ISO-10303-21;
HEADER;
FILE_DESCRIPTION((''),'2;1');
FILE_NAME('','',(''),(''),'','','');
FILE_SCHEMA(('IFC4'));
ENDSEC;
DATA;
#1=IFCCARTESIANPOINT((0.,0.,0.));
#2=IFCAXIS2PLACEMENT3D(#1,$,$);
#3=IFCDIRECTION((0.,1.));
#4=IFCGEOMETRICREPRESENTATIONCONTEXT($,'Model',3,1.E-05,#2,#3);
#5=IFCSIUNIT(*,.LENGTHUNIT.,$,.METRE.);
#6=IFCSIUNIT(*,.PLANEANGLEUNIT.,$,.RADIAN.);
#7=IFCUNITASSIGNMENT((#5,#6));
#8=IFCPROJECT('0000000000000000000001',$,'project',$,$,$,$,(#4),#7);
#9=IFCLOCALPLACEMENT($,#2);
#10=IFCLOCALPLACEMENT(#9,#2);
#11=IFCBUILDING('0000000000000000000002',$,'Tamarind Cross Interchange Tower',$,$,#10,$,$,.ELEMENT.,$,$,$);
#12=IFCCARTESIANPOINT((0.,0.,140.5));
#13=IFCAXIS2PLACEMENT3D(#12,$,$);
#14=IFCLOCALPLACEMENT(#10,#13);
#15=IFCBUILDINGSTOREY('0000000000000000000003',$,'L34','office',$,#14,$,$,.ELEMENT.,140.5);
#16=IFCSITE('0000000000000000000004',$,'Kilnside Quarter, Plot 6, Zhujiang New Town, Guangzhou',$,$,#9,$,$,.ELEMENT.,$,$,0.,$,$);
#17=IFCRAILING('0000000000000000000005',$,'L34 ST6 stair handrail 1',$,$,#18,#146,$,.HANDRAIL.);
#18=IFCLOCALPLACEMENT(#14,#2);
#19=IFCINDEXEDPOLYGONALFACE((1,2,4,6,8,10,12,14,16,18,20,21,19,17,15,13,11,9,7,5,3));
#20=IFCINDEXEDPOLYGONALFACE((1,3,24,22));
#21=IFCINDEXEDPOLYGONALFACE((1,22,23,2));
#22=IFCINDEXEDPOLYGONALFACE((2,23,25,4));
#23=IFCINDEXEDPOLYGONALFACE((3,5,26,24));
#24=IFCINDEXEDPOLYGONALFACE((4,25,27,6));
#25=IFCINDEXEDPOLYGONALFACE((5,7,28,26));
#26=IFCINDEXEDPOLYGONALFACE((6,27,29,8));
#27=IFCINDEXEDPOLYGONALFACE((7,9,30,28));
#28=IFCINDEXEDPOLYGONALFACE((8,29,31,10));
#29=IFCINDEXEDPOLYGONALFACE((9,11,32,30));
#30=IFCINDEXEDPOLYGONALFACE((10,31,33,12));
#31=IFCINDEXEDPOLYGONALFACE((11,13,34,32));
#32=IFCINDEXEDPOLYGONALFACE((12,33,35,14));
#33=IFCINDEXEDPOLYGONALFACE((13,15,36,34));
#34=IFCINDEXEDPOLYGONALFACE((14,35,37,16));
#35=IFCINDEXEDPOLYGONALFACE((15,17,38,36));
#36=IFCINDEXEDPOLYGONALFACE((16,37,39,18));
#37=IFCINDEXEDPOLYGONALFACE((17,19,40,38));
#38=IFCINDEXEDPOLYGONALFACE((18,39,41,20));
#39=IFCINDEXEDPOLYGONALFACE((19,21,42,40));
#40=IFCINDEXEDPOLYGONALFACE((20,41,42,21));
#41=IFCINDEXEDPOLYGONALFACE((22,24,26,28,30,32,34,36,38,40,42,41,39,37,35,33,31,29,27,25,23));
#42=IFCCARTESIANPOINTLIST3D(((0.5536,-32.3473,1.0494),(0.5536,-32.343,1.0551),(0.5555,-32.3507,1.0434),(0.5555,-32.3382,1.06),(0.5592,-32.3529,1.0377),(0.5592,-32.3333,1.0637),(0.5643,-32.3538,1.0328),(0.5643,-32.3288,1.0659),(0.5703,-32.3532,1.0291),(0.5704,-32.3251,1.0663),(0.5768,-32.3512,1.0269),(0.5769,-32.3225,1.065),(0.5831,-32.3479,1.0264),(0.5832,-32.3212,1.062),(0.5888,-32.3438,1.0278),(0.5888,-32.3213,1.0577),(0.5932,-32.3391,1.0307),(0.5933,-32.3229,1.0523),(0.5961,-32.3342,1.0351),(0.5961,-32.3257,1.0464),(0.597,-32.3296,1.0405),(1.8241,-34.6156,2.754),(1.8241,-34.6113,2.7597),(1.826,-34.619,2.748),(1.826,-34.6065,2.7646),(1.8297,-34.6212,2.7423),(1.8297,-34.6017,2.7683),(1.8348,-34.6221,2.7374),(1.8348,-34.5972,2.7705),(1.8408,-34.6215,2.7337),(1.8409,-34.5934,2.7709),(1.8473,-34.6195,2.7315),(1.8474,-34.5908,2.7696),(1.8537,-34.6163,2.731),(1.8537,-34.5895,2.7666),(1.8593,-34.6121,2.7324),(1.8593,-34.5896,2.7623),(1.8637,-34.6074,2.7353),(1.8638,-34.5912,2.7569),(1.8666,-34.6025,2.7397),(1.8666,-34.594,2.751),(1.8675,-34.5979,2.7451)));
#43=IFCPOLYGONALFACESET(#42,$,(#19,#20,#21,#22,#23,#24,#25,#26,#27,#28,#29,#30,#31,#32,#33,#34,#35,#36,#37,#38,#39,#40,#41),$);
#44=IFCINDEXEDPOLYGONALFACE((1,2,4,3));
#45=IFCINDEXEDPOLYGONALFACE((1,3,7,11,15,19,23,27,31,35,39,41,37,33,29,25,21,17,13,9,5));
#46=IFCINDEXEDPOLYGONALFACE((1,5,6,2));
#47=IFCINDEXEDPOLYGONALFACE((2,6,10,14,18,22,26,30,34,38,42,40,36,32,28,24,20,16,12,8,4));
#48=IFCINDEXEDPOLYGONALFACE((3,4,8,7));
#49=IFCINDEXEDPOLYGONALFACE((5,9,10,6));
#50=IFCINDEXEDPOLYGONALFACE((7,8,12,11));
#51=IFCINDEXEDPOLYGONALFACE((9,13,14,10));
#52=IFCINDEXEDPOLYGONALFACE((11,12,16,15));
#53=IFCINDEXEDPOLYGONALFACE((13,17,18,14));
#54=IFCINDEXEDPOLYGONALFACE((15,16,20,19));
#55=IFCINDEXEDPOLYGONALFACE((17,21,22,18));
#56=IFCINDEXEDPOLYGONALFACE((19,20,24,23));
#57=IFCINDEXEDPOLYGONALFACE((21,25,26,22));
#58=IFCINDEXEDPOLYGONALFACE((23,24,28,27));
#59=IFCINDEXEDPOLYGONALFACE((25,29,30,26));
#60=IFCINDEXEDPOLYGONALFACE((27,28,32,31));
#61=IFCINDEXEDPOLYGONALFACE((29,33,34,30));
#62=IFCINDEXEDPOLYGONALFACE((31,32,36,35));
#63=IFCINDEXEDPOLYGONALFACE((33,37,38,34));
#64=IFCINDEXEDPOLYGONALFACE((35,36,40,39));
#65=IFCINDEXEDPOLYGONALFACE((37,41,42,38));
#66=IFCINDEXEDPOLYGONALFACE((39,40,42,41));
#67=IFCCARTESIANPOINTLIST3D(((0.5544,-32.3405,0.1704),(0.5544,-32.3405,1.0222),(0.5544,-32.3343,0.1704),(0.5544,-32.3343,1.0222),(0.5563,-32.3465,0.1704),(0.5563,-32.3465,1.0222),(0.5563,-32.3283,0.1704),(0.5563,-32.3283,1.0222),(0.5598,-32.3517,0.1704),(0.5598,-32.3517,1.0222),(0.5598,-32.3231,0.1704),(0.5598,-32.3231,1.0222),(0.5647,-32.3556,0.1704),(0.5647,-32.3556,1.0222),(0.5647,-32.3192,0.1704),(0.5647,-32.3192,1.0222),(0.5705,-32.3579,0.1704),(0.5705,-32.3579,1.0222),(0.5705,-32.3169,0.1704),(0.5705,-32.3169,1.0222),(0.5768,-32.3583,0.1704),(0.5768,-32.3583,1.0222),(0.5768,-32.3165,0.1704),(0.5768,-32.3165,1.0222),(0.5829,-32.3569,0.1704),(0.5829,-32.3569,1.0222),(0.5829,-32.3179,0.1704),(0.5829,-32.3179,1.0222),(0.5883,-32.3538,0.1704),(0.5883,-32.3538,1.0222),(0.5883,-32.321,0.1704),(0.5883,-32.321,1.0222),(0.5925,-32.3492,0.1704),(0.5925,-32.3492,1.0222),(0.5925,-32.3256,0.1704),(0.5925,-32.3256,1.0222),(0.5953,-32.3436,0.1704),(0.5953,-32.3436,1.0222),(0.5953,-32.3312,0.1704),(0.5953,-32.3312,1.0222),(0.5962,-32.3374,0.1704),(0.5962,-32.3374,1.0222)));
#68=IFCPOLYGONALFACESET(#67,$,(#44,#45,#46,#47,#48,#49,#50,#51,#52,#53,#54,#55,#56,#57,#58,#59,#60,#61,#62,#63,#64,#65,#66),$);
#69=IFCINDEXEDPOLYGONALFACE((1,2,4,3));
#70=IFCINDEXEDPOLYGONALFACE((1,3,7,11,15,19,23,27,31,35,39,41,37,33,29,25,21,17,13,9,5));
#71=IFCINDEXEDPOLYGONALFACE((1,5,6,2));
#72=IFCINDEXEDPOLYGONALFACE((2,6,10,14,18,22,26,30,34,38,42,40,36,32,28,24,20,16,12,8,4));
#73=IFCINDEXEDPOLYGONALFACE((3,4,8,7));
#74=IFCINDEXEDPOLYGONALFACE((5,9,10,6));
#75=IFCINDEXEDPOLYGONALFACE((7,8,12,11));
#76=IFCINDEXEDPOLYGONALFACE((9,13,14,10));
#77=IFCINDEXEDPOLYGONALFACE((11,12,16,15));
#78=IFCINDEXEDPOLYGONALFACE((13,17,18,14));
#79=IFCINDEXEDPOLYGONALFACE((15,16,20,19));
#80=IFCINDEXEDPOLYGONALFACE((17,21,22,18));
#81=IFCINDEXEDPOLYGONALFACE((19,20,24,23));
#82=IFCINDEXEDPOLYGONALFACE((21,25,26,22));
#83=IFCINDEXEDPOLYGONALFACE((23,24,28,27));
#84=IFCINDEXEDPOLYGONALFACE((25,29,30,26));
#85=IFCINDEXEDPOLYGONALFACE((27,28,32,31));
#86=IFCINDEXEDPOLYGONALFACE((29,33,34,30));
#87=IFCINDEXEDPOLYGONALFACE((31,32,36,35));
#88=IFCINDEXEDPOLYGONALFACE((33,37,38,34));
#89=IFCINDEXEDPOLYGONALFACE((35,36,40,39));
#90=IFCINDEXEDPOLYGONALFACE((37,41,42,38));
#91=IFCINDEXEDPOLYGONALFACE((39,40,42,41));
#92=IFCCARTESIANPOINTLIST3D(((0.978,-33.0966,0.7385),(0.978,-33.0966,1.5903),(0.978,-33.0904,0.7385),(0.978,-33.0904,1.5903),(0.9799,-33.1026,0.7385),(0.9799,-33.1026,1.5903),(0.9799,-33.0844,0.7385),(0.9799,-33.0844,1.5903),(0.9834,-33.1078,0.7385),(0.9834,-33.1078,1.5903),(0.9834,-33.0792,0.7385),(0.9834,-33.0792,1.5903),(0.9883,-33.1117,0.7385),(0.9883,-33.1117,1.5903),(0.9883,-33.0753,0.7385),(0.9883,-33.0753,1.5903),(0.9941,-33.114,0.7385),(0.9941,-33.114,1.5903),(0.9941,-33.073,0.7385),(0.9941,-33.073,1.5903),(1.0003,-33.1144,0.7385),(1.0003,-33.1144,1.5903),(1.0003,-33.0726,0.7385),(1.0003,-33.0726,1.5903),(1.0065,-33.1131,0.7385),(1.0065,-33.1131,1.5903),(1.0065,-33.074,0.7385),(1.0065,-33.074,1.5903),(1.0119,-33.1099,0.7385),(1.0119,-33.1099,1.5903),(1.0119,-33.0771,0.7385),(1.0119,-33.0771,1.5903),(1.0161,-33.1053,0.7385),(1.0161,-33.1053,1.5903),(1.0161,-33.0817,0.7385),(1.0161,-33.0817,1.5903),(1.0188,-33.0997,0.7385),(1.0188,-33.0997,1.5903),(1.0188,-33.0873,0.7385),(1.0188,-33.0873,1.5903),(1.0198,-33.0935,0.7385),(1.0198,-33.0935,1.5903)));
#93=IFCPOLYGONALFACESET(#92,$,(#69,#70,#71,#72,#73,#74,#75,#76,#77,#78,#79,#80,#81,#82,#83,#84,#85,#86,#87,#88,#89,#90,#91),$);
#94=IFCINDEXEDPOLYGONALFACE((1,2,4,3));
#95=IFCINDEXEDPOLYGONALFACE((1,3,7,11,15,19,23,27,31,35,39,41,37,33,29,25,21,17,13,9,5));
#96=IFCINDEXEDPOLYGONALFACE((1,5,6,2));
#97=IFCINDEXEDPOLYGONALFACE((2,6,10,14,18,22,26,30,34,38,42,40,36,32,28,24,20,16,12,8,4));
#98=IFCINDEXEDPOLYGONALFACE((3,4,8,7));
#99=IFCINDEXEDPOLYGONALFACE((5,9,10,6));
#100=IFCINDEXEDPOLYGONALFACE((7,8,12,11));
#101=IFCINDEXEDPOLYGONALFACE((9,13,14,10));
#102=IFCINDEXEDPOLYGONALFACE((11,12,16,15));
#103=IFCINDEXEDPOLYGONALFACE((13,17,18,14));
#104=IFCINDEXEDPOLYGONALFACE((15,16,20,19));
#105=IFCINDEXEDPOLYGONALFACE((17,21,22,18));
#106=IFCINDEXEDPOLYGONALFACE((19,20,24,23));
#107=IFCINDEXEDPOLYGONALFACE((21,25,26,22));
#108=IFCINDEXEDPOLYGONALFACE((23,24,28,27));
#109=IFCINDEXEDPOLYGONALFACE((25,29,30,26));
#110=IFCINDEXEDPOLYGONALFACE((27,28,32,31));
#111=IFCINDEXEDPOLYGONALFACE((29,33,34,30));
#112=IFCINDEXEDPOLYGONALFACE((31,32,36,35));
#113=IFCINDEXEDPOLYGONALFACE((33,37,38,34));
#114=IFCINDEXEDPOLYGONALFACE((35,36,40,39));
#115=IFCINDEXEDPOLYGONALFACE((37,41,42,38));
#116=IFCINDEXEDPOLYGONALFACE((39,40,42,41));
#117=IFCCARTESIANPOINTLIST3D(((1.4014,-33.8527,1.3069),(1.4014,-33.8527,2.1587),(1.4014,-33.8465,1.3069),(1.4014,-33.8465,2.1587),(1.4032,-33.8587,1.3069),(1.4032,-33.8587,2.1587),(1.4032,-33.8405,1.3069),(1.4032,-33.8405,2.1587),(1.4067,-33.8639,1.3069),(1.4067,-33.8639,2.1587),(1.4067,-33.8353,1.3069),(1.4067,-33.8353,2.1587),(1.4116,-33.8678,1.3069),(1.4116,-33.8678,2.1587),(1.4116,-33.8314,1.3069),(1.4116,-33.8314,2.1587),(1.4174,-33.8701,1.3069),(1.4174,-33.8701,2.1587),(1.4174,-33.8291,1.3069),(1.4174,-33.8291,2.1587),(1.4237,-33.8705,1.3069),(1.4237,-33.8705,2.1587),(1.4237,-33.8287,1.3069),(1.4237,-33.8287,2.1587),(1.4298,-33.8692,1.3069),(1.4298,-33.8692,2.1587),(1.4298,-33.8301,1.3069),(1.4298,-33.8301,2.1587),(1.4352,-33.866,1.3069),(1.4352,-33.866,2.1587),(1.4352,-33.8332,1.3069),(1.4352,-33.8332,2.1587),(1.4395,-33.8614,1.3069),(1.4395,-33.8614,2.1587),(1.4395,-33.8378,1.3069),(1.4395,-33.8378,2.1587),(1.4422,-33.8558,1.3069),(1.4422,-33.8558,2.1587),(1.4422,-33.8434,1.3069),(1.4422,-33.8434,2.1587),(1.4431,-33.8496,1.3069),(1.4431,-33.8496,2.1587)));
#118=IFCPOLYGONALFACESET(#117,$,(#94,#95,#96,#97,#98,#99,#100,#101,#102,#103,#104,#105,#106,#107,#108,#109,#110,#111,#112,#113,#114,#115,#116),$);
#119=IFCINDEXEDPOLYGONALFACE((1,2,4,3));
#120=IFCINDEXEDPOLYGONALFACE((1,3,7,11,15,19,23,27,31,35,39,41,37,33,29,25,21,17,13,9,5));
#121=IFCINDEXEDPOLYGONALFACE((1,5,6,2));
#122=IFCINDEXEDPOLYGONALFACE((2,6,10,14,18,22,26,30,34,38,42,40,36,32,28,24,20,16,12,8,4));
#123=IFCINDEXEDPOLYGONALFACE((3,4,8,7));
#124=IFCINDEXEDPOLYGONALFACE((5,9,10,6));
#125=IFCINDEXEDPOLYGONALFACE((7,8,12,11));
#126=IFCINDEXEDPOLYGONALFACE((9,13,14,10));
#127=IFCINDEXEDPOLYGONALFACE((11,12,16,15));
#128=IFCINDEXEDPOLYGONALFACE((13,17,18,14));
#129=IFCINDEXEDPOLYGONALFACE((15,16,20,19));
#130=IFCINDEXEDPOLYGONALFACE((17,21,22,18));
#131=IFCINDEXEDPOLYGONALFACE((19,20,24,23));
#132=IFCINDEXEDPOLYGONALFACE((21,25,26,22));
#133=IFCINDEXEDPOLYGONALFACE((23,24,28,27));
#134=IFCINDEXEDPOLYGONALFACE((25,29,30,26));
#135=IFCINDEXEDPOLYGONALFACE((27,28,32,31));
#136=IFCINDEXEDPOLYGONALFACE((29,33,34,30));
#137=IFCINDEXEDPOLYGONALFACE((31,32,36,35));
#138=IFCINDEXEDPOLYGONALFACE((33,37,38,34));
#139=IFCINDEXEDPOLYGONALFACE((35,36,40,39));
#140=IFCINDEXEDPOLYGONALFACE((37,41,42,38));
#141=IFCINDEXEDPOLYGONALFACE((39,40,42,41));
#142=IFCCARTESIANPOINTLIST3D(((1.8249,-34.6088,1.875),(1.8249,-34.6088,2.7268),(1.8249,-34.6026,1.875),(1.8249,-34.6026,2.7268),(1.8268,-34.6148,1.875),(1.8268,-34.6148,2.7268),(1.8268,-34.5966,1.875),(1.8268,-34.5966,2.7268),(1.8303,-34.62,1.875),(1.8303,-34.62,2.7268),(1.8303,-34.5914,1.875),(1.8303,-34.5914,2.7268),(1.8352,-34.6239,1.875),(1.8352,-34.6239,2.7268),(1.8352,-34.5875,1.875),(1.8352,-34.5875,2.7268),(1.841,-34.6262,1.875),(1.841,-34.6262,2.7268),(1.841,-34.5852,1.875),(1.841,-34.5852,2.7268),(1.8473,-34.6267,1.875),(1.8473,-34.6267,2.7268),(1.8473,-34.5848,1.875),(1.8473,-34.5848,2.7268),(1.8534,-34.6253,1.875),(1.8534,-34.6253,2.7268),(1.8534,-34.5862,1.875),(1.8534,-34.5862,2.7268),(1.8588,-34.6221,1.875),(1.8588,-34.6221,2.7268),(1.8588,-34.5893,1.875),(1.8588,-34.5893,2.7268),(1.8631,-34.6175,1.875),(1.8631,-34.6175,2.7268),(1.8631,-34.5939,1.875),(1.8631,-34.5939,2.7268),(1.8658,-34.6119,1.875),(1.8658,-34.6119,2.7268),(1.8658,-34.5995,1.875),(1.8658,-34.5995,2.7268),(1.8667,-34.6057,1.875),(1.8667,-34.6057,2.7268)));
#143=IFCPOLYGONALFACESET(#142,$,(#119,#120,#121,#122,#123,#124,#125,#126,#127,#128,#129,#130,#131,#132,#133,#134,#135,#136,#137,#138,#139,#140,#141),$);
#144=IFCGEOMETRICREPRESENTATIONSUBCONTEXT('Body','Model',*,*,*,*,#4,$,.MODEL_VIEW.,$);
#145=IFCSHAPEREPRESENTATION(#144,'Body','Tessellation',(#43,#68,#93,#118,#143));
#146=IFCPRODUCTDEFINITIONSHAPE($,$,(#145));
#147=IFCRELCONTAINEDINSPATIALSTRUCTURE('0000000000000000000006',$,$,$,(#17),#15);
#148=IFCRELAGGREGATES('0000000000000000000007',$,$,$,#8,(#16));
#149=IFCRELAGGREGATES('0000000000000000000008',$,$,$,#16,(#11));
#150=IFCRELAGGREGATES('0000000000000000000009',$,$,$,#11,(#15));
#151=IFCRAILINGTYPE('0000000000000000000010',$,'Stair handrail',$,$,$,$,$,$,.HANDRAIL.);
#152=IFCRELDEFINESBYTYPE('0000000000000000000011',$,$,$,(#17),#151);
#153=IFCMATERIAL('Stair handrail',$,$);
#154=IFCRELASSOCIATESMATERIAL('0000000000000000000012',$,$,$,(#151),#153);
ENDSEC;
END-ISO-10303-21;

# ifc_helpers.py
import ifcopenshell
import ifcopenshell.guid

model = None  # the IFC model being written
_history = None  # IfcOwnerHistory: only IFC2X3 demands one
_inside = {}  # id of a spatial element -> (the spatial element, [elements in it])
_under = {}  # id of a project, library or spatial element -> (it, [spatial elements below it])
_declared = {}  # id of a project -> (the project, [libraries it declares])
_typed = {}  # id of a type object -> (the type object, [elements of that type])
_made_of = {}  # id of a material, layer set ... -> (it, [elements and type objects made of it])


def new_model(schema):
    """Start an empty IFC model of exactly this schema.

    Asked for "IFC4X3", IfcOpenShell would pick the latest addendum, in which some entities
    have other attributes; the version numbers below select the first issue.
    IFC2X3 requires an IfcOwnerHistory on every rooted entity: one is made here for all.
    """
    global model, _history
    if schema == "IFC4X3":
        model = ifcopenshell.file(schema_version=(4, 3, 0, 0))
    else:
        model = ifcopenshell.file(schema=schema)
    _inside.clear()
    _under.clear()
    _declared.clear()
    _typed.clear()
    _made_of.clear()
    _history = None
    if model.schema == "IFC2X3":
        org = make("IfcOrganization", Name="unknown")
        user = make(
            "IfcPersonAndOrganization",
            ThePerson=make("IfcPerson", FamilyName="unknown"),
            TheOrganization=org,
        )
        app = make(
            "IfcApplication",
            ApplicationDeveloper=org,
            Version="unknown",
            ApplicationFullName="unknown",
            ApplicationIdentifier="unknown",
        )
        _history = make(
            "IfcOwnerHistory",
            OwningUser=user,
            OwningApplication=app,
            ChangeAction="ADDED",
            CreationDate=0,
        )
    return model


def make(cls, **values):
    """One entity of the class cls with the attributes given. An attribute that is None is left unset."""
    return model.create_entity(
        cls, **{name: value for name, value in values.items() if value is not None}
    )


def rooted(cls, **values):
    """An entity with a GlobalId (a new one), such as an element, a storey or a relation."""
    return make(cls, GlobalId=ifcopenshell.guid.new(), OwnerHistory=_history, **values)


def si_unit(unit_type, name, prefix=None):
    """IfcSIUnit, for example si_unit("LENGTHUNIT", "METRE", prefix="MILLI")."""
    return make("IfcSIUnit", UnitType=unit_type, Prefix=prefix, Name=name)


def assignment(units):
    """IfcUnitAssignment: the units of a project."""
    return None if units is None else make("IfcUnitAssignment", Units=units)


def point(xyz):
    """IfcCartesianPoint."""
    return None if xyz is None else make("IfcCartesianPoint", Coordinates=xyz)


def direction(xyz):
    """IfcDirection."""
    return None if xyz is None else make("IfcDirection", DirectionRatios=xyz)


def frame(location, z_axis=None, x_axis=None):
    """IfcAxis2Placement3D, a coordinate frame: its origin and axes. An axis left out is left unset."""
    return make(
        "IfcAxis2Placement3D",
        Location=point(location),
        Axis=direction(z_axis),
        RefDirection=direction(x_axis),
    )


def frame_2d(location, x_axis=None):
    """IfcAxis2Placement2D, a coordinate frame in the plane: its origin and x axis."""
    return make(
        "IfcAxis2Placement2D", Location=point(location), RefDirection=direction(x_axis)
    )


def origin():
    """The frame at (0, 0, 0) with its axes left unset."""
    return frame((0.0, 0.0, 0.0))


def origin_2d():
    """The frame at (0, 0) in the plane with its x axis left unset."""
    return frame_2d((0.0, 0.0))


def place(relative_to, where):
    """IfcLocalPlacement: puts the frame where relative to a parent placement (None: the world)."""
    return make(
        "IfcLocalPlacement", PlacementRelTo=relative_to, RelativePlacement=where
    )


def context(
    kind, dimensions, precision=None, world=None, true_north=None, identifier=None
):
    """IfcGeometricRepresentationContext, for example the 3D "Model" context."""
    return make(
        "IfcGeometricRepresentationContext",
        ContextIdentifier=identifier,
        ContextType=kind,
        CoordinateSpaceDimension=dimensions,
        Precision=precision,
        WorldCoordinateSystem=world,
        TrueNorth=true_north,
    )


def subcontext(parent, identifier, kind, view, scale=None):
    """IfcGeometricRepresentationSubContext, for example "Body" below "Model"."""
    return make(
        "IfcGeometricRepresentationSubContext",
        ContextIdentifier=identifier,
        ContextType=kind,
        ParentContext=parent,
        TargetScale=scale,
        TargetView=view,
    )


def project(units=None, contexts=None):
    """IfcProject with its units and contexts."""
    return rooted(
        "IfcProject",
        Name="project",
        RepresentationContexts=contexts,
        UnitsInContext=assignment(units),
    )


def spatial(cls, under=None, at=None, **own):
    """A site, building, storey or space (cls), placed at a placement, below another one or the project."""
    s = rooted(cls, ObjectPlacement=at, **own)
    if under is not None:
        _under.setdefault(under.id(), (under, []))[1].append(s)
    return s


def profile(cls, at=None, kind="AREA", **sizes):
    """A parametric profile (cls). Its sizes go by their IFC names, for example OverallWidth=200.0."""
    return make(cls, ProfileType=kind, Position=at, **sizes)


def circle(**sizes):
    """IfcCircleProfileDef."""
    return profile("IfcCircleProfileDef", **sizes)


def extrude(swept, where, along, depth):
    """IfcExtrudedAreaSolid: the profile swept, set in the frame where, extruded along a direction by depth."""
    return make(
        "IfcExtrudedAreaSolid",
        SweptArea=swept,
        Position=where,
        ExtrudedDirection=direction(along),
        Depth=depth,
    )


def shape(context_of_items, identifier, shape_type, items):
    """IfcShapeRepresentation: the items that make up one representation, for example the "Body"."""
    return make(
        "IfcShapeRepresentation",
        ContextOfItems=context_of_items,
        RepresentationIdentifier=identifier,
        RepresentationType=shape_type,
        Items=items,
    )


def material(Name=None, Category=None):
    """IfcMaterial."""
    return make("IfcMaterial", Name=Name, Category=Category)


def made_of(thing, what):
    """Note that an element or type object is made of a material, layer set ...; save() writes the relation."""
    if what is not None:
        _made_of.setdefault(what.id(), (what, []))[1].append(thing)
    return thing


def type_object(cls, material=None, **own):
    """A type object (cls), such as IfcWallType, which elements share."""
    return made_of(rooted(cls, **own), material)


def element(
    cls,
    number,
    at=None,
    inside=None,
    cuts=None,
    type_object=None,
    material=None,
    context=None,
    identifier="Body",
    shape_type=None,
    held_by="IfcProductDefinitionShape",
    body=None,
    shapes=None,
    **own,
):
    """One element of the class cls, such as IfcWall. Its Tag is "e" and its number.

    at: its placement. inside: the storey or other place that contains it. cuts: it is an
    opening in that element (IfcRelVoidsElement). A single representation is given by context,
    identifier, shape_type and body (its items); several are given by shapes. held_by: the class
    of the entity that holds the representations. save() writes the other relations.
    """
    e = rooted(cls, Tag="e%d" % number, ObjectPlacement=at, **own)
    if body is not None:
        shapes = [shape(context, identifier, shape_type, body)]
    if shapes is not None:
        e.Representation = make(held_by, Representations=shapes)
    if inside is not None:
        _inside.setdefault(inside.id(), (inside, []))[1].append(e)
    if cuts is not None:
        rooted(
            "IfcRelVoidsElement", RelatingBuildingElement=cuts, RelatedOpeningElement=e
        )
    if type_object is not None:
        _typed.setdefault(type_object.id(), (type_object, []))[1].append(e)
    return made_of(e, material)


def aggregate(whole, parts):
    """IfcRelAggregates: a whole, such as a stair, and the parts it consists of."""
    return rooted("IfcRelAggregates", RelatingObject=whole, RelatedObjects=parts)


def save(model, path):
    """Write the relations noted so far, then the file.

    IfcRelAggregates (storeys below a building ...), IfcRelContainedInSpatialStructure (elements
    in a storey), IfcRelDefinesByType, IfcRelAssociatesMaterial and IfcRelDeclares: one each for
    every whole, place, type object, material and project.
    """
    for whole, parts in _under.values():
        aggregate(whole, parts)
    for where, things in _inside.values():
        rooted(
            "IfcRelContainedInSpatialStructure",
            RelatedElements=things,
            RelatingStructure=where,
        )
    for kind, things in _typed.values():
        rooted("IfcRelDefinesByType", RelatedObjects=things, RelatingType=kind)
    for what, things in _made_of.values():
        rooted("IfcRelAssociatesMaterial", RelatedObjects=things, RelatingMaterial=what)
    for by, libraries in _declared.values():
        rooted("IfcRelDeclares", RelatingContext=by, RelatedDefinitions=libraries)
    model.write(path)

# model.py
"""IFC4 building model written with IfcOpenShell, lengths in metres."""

from ifc_helpers import new_model, si_unit, direction, frame, origin, origin_2d, place, context, subcontext, project, spatial, circle, extrude, material, type_object, element, save


model = new_model("IFC4")

# Units and contexts
model_context = context("Model", 3, precision=1e-05, world=origin(), true_north=direction((0.0, 1.0)))
body_context = subcontext(model_context, "Body", "Model", "MODEL_VIEW")
ifc_project = project(units=[si_unit("LENGTHUNIT", "METRE"), si_unit("PLANEANGLEUNIT", "RADIAN")], contexts=[model_context])

# Site, building, storey
site_placement = place(None, origin())
site = spatial("IfcSite", under=ifc_project, at=site_placement, Name="Kilnside Quarter, Plot 6, Zhujiang New Town, Guangzhou", CompositionType="ELEMENT", RefElevation=0.0)
building_placement = place(site_placement, origin())
building = spatial("IfcBuilding", under=site, at=building_placement, Name="Tamarind Cross Interchange Tower", CompositionType="ELEMENT")
storey_placement = place(building_placement, frame((0.0, 0.0, 140.5)))
storey = spatial("IfcBuildingStorey", under=building, at=storey_placement, Name="L34", Description="office", CompositionType="ELEMENT", Elevation=140.5)

# Railing
ifc_material_1 = material(Name="Stair handrail")
railing_type_1 = type_object("IfcRailingType", Name="Stair handrail", PredefinedType="HANDRAIL", material=ifc_material_1)
railing_1_placement = place(storey_placement, frame((0.5752, -32.3374, 0.1704)))
element("IfcRailing", 1, at=railing_1_placement, inside=storey, type_object=railing_type_1, Name="L34 ST6 stair handrail 1", PredefinedType="HANDRAIL", context=body_context, shape_type="SweptSolid", body=[
    extrude(circle(Radius=0.0239, at=origin_2d()), frame((0.0, 0.0, 0.876), z_axis=(0.408672, -0.729626, 0.5483), x_axis=(0.872464, 0.488678, 0.0)), (0.0, 0.0, 1.0), 3.1089),
    extrude(circle(Radius=0.021, at=origin_2d()), origin(), (0.0, 0.0, 1.0), 0.8518),
    extrude(circle(Radius=0.021, at=origin_2d()), frame((0.4236, -0.7561, 0.5681)), (0.0, 0.0, 1.0), 0.8518),
    extrude(circle(Radius=0.021, at=origin_2d()), frame((0.8469, -1.5122, 1.1365)), (0.0, 0.0, 1.0), 0.8518),
    extrude(circle(Radius=0.021, at=origin_2d()), frame((1.2705, -2.2683, 1.7046)), (0.0, 0.0, 1.0), 0.8518),
])

save(model, "model.ifc")
